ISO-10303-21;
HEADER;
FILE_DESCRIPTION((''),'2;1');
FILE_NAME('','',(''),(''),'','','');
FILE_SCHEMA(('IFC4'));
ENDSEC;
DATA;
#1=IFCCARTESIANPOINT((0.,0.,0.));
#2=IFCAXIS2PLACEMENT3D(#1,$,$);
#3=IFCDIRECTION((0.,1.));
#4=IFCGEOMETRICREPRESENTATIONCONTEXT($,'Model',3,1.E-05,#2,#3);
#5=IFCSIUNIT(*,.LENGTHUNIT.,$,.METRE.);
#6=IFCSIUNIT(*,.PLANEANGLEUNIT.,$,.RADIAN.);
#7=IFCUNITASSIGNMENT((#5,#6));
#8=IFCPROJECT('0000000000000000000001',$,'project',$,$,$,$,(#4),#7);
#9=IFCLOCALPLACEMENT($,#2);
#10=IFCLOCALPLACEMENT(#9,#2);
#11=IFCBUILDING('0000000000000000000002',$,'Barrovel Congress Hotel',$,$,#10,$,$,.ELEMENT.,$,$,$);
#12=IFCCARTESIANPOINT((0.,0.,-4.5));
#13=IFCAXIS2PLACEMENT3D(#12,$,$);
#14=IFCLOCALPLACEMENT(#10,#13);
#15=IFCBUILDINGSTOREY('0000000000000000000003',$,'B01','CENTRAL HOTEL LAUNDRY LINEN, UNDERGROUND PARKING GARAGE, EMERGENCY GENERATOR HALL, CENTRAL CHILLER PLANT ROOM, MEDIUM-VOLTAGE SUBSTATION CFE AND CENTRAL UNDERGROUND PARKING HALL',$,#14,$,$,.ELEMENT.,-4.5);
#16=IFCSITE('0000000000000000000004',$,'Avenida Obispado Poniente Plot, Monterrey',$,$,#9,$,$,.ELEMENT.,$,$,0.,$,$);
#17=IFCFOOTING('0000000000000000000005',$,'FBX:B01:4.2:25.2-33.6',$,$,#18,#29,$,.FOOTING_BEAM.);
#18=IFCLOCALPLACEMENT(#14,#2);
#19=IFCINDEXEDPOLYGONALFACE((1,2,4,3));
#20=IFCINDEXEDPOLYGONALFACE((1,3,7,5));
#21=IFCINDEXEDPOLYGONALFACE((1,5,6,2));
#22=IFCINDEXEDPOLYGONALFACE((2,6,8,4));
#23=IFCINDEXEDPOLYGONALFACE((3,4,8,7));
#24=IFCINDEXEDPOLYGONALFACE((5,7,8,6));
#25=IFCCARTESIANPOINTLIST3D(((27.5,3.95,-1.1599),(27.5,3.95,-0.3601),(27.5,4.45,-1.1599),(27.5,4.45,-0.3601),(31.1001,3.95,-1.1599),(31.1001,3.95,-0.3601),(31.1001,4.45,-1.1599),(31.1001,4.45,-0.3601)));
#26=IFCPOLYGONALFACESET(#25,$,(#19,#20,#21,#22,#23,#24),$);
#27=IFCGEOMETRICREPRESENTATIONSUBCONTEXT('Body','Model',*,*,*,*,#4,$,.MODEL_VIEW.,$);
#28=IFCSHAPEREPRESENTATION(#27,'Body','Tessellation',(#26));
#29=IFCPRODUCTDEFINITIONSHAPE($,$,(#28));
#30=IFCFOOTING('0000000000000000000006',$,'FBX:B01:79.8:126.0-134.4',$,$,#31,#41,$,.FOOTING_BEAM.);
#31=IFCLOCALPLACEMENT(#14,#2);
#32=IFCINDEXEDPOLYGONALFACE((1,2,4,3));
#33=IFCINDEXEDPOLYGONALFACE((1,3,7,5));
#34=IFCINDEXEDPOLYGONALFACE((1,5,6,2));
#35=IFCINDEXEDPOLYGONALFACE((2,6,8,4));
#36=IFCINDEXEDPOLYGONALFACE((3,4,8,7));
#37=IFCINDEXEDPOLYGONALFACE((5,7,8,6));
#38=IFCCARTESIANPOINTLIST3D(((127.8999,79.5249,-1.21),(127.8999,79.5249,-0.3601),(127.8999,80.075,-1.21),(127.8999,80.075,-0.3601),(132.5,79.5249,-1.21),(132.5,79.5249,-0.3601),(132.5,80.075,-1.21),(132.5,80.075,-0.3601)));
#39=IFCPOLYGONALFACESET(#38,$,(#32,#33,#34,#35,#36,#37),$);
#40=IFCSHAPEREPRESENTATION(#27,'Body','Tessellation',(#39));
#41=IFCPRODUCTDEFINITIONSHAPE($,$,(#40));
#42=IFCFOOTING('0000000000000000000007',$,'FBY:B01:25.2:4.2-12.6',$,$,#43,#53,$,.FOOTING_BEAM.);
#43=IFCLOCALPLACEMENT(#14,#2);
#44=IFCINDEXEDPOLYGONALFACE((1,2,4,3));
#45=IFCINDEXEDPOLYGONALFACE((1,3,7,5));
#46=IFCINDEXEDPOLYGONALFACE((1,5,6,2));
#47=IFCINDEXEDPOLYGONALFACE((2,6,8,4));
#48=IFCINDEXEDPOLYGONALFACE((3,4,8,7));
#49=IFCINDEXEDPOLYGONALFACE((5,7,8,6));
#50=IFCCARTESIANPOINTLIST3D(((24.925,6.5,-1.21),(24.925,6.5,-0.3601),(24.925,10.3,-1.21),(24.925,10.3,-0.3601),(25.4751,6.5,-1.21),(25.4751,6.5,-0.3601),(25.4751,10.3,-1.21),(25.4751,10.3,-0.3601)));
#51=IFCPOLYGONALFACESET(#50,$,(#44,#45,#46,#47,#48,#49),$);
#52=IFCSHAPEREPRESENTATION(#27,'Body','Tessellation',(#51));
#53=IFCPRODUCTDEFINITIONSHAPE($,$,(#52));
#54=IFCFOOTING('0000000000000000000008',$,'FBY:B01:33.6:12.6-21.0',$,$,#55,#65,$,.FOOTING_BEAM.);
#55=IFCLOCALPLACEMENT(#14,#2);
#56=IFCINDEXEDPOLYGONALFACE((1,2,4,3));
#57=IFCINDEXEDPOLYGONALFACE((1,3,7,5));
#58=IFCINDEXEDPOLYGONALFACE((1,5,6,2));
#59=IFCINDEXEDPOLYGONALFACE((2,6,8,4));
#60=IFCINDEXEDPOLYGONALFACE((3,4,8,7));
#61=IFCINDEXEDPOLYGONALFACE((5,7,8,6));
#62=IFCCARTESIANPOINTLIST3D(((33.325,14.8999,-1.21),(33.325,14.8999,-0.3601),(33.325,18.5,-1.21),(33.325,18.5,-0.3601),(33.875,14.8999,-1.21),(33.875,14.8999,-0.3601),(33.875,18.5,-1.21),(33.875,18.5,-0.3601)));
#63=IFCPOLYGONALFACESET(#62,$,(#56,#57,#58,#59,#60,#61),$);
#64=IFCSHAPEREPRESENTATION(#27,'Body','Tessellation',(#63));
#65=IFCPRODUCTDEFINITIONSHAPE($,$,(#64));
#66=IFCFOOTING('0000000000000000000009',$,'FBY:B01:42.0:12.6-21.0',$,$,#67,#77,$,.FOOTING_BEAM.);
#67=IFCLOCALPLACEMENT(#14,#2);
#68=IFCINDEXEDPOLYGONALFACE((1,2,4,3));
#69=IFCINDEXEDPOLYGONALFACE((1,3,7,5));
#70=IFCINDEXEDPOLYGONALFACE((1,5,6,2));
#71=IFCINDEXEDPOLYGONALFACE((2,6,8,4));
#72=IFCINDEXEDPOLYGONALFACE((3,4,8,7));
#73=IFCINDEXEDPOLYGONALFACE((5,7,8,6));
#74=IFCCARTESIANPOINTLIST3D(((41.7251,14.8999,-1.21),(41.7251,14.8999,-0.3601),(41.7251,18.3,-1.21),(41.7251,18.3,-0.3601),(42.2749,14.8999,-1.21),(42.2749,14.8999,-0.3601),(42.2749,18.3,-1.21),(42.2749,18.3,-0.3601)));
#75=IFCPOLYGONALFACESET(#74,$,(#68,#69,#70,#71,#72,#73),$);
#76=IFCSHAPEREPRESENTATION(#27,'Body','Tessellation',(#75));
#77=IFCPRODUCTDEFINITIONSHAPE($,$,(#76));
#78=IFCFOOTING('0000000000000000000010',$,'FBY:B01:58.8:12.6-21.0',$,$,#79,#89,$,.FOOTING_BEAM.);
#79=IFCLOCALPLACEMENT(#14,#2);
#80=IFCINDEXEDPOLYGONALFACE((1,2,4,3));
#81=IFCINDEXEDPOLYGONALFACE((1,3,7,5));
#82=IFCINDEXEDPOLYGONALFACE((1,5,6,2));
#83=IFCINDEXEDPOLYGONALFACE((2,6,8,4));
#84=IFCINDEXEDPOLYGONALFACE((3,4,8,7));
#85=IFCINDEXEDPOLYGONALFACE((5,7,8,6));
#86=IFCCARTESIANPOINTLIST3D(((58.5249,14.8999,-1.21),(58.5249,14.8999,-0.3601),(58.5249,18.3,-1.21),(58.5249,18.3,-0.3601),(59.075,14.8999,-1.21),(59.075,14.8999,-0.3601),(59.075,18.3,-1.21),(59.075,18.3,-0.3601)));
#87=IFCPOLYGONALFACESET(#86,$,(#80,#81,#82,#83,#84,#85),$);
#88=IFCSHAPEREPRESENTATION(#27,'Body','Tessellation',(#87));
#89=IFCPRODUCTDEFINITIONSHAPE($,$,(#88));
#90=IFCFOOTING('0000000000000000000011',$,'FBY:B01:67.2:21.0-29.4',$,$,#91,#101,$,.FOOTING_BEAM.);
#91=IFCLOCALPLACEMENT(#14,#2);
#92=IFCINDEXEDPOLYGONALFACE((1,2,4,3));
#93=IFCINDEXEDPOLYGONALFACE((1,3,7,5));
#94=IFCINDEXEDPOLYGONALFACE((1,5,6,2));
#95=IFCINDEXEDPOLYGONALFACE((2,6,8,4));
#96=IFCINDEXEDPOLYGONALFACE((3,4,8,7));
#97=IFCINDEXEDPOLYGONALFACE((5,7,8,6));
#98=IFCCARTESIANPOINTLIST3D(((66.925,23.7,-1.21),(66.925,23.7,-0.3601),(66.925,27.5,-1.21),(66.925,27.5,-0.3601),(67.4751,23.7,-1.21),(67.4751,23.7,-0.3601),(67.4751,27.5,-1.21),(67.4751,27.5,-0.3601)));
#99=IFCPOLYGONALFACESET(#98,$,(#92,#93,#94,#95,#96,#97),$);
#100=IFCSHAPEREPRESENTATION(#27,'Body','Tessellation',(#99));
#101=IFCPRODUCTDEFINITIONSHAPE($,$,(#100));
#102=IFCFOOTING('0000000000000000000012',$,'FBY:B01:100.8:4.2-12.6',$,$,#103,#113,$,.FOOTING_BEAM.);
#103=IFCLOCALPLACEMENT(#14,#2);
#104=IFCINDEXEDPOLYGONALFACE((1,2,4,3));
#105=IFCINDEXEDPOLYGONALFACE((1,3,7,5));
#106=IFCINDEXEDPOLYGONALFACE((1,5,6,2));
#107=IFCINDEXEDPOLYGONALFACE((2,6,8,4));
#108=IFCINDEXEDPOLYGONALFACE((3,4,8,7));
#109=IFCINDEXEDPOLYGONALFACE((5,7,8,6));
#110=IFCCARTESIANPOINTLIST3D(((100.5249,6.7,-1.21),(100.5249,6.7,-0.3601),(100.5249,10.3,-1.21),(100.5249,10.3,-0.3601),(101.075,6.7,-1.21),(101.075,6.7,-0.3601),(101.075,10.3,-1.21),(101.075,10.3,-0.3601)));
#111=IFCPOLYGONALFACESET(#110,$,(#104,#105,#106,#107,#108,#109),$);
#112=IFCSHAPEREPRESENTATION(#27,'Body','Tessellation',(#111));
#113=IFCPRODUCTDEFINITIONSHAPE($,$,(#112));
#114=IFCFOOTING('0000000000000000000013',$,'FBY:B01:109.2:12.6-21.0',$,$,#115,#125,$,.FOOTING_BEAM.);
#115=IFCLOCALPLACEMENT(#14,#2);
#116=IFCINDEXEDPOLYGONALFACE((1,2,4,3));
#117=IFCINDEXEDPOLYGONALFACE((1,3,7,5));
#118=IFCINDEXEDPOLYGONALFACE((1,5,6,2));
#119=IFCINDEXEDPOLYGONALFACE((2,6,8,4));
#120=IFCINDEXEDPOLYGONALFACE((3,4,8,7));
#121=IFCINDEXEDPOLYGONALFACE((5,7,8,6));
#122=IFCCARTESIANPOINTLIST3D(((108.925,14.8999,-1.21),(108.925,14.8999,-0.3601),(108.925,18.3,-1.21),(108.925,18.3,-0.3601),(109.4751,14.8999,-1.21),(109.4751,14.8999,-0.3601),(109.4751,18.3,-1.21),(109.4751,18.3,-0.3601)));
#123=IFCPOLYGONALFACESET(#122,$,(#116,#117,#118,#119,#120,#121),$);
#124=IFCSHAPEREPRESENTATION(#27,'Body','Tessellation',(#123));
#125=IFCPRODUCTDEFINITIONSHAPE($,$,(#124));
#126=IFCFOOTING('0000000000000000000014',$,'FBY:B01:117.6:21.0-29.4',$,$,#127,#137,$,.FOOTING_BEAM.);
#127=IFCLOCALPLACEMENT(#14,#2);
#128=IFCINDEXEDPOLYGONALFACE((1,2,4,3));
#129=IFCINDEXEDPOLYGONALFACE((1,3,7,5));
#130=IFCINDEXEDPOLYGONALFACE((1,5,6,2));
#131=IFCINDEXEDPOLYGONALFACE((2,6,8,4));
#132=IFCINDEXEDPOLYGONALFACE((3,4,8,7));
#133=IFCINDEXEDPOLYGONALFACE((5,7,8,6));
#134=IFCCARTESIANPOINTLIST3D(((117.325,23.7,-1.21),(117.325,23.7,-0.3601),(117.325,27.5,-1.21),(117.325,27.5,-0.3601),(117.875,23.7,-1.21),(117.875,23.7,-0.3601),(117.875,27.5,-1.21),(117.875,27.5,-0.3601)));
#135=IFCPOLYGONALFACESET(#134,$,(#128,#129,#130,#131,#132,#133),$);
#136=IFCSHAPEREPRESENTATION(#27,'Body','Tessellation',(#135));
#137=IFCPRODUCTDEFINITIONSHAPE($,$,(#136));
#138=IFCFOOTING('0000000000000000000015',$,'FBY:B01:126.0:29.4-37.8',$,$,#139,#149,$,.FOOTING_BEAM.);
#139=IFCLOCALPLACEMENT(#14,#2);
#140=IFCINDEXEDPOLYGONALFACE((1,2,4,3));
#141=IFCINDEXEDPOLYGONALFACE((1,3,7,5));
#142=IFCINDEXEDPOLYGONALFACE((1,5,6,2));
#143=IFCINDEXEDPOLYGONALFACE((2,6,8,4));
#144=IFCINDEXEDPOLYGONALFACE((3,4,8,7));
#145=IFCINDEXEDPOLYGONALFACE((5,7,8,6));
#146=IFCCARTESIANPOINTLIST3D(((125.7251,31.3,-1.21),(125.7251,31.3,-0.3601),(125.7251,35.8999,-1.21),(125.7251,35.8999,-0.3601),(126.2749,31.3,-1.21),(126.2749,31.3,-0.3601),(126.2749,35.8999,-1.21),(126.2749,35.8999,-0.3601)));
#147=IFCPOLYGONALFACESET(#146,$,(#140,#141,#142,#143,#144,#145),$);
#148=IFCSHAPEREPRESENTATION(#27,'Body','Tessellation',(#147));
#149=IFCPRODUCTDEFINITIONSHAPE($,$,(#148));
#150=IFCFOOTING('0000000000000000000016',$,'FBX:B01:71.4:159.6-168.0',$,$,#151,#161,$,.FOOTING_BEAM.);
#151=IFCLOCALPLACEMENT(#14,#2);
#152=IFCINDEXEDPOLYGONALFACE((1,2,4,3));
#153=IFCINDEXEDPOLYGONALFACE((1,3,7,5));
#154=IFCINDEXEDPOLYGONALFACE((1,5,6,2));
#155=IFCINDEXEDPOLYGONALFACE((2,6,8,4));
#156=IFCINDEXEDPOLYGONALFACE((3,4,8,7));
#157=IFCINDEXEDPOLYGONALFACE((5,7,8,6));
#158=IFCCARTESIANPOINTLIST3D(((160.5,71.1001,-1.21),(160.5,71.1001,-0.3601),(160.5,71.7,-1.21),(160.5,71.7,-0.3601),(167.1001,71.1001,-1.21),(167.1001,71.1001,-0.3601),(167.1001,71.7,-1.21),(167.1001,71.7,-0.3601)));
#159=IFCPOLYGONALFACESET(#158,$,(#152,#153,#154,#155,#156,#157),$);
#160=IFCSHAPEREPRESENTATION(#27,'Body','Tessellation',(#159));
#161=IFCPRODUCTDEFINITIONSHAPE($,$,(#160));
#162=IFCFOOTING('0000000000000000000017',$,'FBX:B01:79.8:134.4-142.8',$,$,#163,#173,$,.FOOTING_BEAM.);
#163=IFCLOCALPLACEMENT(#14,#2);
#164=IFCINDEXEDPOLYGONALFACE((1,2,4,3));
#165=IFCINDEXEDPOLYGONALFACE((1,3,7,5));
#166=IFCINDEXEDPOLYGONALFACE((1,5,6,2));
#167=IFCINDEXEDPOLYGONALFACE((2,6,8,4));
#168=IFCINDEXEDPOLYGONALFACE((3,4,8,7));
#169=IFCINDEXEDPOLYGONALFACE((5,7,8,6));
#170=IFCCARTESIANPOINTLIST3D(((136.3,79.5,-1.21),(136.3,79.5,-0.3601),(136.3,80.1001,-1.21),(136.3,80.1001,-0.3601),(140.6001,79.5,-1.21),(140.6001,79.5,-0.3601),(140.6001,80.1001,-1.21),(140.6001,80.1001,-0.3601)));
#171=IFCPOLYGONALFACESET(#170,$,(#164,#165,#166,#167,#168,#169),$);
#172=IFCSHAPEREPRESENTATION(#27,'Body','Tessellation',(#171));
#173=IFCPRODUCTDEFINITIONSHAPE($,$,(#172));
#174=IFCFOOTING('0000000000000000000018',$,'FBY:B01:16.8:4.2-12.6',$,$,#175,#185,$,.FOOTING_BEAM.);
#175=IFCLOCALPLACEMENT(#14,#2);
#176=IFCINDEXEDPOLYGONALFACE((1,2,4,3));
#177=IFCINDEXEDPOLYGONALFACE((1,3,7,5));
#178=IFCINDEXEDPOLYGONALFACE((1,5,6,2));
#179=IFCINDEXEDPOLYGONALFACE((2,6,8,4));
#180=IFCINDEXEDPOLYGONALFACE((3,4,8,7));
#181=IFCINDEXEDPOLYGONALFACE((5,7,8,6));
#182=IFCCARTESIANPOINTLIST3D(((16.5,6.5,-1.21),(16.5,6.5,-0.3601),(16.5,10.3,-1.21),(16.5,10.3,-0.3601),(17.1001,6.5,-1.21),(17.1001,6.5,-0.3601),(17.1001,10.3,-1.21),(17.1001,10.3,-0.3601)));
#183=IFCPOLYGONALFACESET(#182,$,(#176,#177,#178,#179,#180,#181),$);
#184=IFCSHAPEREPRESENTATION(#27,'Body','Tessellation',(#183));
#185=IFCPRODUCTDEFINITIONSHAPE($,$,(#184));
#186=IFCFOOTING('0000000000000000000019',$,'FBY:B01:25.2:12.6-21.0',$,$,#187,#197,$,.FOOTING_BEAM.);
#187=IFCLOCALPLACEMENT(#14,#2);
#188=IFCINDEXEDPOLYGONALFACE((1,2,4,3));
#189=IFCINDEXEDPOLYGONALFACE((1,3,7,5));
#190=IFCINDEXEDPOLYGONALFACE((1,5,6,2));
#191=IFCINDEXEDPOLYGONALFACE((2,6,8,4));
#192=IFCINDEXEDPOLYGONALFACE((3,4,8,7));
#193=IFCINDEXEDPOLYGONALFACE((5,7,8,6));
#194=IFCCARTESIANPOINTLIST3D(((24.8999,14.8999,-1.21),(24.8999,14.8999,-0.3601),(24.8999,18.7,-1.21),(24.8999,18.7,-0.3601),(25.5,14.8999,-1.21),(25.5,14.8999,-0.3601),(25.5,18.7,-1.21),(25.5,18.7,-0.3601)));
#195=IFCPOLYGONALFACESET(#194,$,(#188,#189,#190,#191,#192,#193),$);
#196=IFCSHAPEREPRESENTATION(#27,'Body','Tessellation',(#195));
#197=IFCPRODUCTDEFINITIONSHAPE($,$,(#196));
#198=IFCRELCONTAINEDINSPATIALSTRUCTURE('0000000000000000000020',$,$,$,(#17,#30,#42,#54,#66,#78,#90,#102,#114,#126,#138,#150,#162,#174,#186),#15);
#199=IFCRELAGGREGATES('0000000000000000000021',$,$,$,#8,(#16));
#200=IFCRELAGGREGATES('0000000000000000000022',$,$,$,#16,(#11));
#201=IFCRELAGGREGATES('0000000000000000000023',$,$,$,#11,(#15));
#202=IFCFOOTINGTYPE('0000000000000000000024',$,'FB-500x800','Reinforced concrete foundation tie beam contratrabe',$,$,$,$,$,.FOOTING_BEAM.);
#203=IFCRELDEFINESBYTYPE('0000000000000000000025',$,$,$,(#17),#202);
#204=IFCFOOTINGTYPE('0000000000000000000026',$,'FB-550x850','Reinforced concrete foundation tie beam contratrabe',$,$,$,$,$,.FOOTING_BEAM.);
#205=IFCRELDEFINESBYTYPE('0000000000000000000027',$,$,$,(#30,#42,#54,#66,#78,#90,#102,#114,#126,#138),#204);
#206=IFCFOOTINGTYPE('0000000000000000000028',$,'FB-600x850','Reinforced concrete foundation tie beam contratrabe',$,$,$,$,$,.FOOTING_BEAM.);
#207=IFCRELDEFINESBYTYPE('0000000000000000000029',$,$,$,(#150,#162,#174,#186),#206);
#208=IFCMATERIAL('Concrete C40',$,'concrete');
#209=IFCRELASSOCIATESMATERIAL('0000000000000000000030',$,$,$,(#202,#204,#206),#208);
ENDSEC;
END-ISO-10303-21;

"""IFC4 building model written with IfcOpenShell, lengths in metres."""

from ifc_helpers import new_model, si_unit, direction, frame, origin, place, context, subcontext, project, spatial, polyline, outline, extrude, material, type_object, element, save


model = new_model("IFC4")

# Units and contexts
model_context = context("Model", 3, precision=1e-05, world=origin(), true_north=direction((0.0, 1.0)))
body_context = subcontext(model_context, "Body", "Model", "MODEL_VIEW")
ifc_project = project(units=[si_unit("LENGTHUNIT", "METRE"), si_unit("PLANEANGLEUNIT", "RADIAN")], contexts=[model_context])

# Site, building, storey
site_placement = place(None, origin())
site = spatial("IfcSite", under=ifc_project, at=site_placement, Name="Avenida Obispado Poniente Plot, Monterrey", CompositionType="ELEMENT", RefElevation=0.0)
building_placement = place(site_placement, origin())
building = spatial("IfcBuilding", under=site, at=building_placement, Name="Barrovel Congress Hotel", CompositionType="ELEMENT")
storey_placement = place(building_placement, frame((0.0, 0.0, -4.5)))
storey = spatial("IfcBuildingStorey", under=building, at=storey_placement, Name="B01", Description="CENTRAL HOTEL LAUNDRY LINEN, UNDERGROUND PARKING GARAGE, EMERGENCY GENERATOR HALL, CENTRAL CHILLER PLANT ROOM, MEDIUM-VOLTAGE SUBSTATION CFE AND CENTRAL UNDERGROUND PARKING HALL", CompositionType="ELEMENT", Elevation=-4.5)

# Footings
ifc_material = material(Name="Concrete C40", Category="concrete")
footing_type_1 = type_object("IfcFootingType", Name="FB-500x800", Description="Reinforced concrete foundation tie beam contratrabe", PredefinedType="FOOTING_BEAM", material=ifc_material)
footing_1_placement = place(storey_placement, frame((0.0, 0.0, -1.1599)))
element("IfcFooting", 1, at=footing_1_placement, inside=storey, type_object=footing_type_1, Name="FBX:B01:4.2:25.2-33.6", PredefinedType="FOOTING_BEAM", context=body_context, shape_type="SweptSolid", body=[
    extrude(outline(polyline([(27.5, 3.95), (31.1001, 3.95), (31.1001, 4.45), (27.5, 4.45), (27.5, 3.95)])), origin(), (0.0, 0.0, 1.0), 0.7998),
])
footing_type_2 = type_object("IfcFootingType", Name="FB-550x850", Description="Reinforced concrete foundation tie beam contratrabe", PredefinedType="FOOTING_BEAM", material=ifc_material)
footing_2_placement = place(storey_placement, frame((0.0, 0.0, -1.21)))
element("IfcFooting", 2, at=footing_2_placement, inside=storey, type_object=footing_type_2, Name="FBX:B01:79.8:126.0-134.4", PredefinedType="FOOTING_BEAM", context=body_context, shape_type="SweptSolid", body=[
    extrude(outline(polyline([(127.8999, 79.5249), (132.5, 79.5249), (132.5, 80.075), (127.8999, 80.075), (127.8999, 79.5249)])), origin(), (0.0, 0.0, 1.0), 0.8499),
])
footing_3_placement = place(storey_placement, frame((0.0, 0.0, -1.21)))
element("IfcFooting", 3, at=footing_3_placement, inside=storey, type_object=footing_type_2, Name="FBY:B01:25.2:4.2-12.6", PredefinedType="FOOTING_BEAM", context=body_context, shape_type="SweptSolid", body=[
    extrude(outline(polyline([(24.925, 6.5), (25.4751, 6.5), (25.4751, 10.3), (24.925, 10.3), (24.925, 6.5)])), origin(), (0.0, 0.0, 1.0), 0.8499),
])
footing_4_placement = place(storey_placement, frame((0.0, 0.0, -1.21)))
element("IfcFooting", 4, at=footing_4_placement, inside=storey, type_object=footing_type_2, Name="FBY:B01:33.6:12.6-21.0", PredefinedType="FOOTING_BEAM", context=body_context, shape_type="SweptSolid", body=[
    extrude(outline(polyline([(33.325, 14.8999), (33.875, 14.8999), (33.875, 18.5), (33.325, 18.5), (33.325, 14.8999)])), origin(), (0.0, 0.0, 1.0), 0.8499),
])
footing_5_placement = place(storey_placement, frame((0.0, 0.0, -1.21)))
element("IfcFooting", 5, at=footing_5_placement, inside=storey, type_object=footing_type_2, Name="FBY:B01:42.0:12.6-21.0", PredefinedType="FOOTING_BEAM", context=body_context, shape_type="SweptSolid", body=[
    extrude(outline(polyline([(41.7251, 14.8999), (42.2749, 14.8999), (42.2749, 18.3), (41.7251, 18.3), (41.7251, 14.8999)])), origin(), (0.0, 0.0, 1.0), 0.8499),
])
footing_6_placement = place(storey_placement, frame((0.0, 0.0, -1.21)))
element("IfcFooting", 6, at=footing_6_placement, inside=storey, type_object=footing_type_2, Name="FBY:B01:58.8:12.6-21.0", PredefinedType="FOOTING_BEAM", context=body_context, shape_type="SweptSolid", body=[
    extrude(outline(polyline([(58.5249, 14.8999), (59.075, 14.8999), (59.075, 18.3), (58.5249, 18.3), (58.5249, 14.8999)])), origin(), (0.0, 0.0, 1.0), 0.8499),
])
footing_7_placement = place(storey_placement, frame((0.0, 0.0, -1.21)))
element("IfcFooting", 7, at=footing_7_placement, inside=storey, type_object=footing_type_2, Name="FBY:B01:67.2:21.0-29.4", PredefinedType="FOOTING_BEAM", context=body_context, shape_type="SweptSolid", body=[
    extrude(outline(polyline([(66.925, 23.7), (67.4751, 23.7), (67.4751, 27.5), (66.925, 27.5), (66.925, 23.7)])), origin(), (0.0, 0.0, 1.0), 0.8499),
])
footing_8_placement = place(storey_placement, frame((0.0, 0.0, -1.21)))
element("IfcFooting", 8, at=footing_8_placement, inside=storey, type_object=footing_type_2, Name="FBY:B01:100.8:4.2-12.6", PredefinedType="FOOTING_BEAM", context=body_context, shape_type="SweptSolid", body=[
    extrude(outline(polyline([(100.5249, 6.7), (101.075, 6.7), (101.075, 10.3), (100.5249, 10.3), (100.5249, 6.7)])), origin(), (0.0, 0.0, 1.0), 0.8499),
])
footing_9_placement = place(storey_placement, frame((0.0, 0.0, -1.21)))
element("IfcFooting", 9, at=footing_9_placement, inside=storey, type_object=footing_type_2, Name="FBY:B01:109.2:12.6-21.0", PredefinedType="FOOTING_BEAM", context=body_context, shape_type="SweptSolid", body=[
    extrude(outline(polyline([(108.925, 14.8999), (109.4751, 14.8999), (109.4751, 18.3), (108.925, 18.3), (108.925, 14.8999)])), origin(), (0.0, 0.0, 1.0), 0.8499),
])
footing_10_placement = place(storey_placement, frame((0.0, 0.0, -1.21)))
element("IfcFooting", 10, at=footing_10_placement, inside=storey, type_object=footing_type_2, Name="FBY:B01:117.6:21.0-29.4", PredefinedType="FOOTING_BEAM", context=body_context, shape_type="SweptSolid", body=[
    extrude(outline(polyline([(117.325, 23.7), (117.875, 23.7), (117.875, 27.5), (117.325, 27.5), (117.325, 23.7)])), origin(), (0.0, 0.0, 1.0), 0.8499),
])
footing_11_placement = place(storey_placement, frame((0.0, 0.0, -1.21)))
element("IfcFooting", 11, at=footing_11_placement, inside=storey, type_object=footing_type_2, Name="FBY:B01:126.0:29.4-37.8", PredefinedType="FOOTING_BEAM", context=body_context, shape_type="SweptSolid", body=[
    extrude(outline(polyline([(125.7251, 31.3), (126.2749, 31.3), (126.2749, 35.8999), (125.7251, 35.8999), (125.7251, 31.3)])), origin(), (0.0, 0.0, 1.0), 0.8499),
])
footing_type_3 = type_object("IfcFootingType", Name="FB-600x850", Description="Reinforced concrete foundation tie beam contratrabe", PredefinedType="FOOTING_BEAM", material=ifc_material)
footing_12_placement = place(storey_placement, frame((0.0, 0.0, -1.21)))
element("IfcFooting", 12, at=footing_12_placement, inside=storey, type_object=footing_type_3, Name="FBX:B01:71.4:159.6-168.0", PredefinedType="FOOTING_BEAM", context=body_context, shape_type="SweptSolid", body=[
    extrude(outline(polyline([(160.5, 71.1001), (167.1001, 71.1001), (167.1001, 71.7), (160.5, 71.7), (160.5, 71.1001)])), origin(), (0.0, 0.0, 1.0), 0.8499),
])
footing_13_placement = place(storey_placement, frame((0.0, 0.0, -1.21)))
element("IfcFooting", 13, at=footing_13_placement, inside=storey, type_object=footing_type_3, Name="FBX:B01:79.8:134.4-142.8", PredefinedType="FOOTING_BEAM", context=body_context, shape_type="SweptSolid", body=[
    extrude(outline(polyline([(136.3, 79.5), (140.6001, 79.5), (140.6001, 80.1001), (136.3, 80.1001), (136.3, 79.5)])), origin(), (0.0, 0.0, 1.0), 0.8499),
])
footing_14_placement = place(storey_placement, frame((0.0, 0.0, -1.21)))
element("IfcFooting", 14, at=footing_14_placement, inside=storey, type_object=footing_type_3, Name="FBY:B01:16.8:4.2-12.6", PredefinedType="FOOTING_BEAM", context=body_context, shape_type="SweptSolid", body=[
    extrude(outline(polyline([(16.5, 6.5), (17.1001, 6.5), (17.1001, 10.3), (16.5, 10.3), (16.5, 6.5)])), origin(), (0.0, 0.0, 1.0), 0.8499),
])
footing_15_placement = place(storey_placement, frame((0.0, 0.0, -1.21)))
element("IfcFooting", 15, at=footing_15_placement, inside=storey, type_object=footing_type_3, Name="FBY:B01:25.2:12.6-21.0", PredefinedType="FOOTING_BEAM", context=body_context, shape_type="SweptSolid", body=[
    extrude(outline(polyline([(24.8999, 14.8999), (25.5, 14.8999), (25.5, 18.7), (24.8999, 18.7), (24.8999, 14.8999)])), origin(), (0.0, 0.0, 1.0), 0.8499),
])

save(model, "model.ifc")
